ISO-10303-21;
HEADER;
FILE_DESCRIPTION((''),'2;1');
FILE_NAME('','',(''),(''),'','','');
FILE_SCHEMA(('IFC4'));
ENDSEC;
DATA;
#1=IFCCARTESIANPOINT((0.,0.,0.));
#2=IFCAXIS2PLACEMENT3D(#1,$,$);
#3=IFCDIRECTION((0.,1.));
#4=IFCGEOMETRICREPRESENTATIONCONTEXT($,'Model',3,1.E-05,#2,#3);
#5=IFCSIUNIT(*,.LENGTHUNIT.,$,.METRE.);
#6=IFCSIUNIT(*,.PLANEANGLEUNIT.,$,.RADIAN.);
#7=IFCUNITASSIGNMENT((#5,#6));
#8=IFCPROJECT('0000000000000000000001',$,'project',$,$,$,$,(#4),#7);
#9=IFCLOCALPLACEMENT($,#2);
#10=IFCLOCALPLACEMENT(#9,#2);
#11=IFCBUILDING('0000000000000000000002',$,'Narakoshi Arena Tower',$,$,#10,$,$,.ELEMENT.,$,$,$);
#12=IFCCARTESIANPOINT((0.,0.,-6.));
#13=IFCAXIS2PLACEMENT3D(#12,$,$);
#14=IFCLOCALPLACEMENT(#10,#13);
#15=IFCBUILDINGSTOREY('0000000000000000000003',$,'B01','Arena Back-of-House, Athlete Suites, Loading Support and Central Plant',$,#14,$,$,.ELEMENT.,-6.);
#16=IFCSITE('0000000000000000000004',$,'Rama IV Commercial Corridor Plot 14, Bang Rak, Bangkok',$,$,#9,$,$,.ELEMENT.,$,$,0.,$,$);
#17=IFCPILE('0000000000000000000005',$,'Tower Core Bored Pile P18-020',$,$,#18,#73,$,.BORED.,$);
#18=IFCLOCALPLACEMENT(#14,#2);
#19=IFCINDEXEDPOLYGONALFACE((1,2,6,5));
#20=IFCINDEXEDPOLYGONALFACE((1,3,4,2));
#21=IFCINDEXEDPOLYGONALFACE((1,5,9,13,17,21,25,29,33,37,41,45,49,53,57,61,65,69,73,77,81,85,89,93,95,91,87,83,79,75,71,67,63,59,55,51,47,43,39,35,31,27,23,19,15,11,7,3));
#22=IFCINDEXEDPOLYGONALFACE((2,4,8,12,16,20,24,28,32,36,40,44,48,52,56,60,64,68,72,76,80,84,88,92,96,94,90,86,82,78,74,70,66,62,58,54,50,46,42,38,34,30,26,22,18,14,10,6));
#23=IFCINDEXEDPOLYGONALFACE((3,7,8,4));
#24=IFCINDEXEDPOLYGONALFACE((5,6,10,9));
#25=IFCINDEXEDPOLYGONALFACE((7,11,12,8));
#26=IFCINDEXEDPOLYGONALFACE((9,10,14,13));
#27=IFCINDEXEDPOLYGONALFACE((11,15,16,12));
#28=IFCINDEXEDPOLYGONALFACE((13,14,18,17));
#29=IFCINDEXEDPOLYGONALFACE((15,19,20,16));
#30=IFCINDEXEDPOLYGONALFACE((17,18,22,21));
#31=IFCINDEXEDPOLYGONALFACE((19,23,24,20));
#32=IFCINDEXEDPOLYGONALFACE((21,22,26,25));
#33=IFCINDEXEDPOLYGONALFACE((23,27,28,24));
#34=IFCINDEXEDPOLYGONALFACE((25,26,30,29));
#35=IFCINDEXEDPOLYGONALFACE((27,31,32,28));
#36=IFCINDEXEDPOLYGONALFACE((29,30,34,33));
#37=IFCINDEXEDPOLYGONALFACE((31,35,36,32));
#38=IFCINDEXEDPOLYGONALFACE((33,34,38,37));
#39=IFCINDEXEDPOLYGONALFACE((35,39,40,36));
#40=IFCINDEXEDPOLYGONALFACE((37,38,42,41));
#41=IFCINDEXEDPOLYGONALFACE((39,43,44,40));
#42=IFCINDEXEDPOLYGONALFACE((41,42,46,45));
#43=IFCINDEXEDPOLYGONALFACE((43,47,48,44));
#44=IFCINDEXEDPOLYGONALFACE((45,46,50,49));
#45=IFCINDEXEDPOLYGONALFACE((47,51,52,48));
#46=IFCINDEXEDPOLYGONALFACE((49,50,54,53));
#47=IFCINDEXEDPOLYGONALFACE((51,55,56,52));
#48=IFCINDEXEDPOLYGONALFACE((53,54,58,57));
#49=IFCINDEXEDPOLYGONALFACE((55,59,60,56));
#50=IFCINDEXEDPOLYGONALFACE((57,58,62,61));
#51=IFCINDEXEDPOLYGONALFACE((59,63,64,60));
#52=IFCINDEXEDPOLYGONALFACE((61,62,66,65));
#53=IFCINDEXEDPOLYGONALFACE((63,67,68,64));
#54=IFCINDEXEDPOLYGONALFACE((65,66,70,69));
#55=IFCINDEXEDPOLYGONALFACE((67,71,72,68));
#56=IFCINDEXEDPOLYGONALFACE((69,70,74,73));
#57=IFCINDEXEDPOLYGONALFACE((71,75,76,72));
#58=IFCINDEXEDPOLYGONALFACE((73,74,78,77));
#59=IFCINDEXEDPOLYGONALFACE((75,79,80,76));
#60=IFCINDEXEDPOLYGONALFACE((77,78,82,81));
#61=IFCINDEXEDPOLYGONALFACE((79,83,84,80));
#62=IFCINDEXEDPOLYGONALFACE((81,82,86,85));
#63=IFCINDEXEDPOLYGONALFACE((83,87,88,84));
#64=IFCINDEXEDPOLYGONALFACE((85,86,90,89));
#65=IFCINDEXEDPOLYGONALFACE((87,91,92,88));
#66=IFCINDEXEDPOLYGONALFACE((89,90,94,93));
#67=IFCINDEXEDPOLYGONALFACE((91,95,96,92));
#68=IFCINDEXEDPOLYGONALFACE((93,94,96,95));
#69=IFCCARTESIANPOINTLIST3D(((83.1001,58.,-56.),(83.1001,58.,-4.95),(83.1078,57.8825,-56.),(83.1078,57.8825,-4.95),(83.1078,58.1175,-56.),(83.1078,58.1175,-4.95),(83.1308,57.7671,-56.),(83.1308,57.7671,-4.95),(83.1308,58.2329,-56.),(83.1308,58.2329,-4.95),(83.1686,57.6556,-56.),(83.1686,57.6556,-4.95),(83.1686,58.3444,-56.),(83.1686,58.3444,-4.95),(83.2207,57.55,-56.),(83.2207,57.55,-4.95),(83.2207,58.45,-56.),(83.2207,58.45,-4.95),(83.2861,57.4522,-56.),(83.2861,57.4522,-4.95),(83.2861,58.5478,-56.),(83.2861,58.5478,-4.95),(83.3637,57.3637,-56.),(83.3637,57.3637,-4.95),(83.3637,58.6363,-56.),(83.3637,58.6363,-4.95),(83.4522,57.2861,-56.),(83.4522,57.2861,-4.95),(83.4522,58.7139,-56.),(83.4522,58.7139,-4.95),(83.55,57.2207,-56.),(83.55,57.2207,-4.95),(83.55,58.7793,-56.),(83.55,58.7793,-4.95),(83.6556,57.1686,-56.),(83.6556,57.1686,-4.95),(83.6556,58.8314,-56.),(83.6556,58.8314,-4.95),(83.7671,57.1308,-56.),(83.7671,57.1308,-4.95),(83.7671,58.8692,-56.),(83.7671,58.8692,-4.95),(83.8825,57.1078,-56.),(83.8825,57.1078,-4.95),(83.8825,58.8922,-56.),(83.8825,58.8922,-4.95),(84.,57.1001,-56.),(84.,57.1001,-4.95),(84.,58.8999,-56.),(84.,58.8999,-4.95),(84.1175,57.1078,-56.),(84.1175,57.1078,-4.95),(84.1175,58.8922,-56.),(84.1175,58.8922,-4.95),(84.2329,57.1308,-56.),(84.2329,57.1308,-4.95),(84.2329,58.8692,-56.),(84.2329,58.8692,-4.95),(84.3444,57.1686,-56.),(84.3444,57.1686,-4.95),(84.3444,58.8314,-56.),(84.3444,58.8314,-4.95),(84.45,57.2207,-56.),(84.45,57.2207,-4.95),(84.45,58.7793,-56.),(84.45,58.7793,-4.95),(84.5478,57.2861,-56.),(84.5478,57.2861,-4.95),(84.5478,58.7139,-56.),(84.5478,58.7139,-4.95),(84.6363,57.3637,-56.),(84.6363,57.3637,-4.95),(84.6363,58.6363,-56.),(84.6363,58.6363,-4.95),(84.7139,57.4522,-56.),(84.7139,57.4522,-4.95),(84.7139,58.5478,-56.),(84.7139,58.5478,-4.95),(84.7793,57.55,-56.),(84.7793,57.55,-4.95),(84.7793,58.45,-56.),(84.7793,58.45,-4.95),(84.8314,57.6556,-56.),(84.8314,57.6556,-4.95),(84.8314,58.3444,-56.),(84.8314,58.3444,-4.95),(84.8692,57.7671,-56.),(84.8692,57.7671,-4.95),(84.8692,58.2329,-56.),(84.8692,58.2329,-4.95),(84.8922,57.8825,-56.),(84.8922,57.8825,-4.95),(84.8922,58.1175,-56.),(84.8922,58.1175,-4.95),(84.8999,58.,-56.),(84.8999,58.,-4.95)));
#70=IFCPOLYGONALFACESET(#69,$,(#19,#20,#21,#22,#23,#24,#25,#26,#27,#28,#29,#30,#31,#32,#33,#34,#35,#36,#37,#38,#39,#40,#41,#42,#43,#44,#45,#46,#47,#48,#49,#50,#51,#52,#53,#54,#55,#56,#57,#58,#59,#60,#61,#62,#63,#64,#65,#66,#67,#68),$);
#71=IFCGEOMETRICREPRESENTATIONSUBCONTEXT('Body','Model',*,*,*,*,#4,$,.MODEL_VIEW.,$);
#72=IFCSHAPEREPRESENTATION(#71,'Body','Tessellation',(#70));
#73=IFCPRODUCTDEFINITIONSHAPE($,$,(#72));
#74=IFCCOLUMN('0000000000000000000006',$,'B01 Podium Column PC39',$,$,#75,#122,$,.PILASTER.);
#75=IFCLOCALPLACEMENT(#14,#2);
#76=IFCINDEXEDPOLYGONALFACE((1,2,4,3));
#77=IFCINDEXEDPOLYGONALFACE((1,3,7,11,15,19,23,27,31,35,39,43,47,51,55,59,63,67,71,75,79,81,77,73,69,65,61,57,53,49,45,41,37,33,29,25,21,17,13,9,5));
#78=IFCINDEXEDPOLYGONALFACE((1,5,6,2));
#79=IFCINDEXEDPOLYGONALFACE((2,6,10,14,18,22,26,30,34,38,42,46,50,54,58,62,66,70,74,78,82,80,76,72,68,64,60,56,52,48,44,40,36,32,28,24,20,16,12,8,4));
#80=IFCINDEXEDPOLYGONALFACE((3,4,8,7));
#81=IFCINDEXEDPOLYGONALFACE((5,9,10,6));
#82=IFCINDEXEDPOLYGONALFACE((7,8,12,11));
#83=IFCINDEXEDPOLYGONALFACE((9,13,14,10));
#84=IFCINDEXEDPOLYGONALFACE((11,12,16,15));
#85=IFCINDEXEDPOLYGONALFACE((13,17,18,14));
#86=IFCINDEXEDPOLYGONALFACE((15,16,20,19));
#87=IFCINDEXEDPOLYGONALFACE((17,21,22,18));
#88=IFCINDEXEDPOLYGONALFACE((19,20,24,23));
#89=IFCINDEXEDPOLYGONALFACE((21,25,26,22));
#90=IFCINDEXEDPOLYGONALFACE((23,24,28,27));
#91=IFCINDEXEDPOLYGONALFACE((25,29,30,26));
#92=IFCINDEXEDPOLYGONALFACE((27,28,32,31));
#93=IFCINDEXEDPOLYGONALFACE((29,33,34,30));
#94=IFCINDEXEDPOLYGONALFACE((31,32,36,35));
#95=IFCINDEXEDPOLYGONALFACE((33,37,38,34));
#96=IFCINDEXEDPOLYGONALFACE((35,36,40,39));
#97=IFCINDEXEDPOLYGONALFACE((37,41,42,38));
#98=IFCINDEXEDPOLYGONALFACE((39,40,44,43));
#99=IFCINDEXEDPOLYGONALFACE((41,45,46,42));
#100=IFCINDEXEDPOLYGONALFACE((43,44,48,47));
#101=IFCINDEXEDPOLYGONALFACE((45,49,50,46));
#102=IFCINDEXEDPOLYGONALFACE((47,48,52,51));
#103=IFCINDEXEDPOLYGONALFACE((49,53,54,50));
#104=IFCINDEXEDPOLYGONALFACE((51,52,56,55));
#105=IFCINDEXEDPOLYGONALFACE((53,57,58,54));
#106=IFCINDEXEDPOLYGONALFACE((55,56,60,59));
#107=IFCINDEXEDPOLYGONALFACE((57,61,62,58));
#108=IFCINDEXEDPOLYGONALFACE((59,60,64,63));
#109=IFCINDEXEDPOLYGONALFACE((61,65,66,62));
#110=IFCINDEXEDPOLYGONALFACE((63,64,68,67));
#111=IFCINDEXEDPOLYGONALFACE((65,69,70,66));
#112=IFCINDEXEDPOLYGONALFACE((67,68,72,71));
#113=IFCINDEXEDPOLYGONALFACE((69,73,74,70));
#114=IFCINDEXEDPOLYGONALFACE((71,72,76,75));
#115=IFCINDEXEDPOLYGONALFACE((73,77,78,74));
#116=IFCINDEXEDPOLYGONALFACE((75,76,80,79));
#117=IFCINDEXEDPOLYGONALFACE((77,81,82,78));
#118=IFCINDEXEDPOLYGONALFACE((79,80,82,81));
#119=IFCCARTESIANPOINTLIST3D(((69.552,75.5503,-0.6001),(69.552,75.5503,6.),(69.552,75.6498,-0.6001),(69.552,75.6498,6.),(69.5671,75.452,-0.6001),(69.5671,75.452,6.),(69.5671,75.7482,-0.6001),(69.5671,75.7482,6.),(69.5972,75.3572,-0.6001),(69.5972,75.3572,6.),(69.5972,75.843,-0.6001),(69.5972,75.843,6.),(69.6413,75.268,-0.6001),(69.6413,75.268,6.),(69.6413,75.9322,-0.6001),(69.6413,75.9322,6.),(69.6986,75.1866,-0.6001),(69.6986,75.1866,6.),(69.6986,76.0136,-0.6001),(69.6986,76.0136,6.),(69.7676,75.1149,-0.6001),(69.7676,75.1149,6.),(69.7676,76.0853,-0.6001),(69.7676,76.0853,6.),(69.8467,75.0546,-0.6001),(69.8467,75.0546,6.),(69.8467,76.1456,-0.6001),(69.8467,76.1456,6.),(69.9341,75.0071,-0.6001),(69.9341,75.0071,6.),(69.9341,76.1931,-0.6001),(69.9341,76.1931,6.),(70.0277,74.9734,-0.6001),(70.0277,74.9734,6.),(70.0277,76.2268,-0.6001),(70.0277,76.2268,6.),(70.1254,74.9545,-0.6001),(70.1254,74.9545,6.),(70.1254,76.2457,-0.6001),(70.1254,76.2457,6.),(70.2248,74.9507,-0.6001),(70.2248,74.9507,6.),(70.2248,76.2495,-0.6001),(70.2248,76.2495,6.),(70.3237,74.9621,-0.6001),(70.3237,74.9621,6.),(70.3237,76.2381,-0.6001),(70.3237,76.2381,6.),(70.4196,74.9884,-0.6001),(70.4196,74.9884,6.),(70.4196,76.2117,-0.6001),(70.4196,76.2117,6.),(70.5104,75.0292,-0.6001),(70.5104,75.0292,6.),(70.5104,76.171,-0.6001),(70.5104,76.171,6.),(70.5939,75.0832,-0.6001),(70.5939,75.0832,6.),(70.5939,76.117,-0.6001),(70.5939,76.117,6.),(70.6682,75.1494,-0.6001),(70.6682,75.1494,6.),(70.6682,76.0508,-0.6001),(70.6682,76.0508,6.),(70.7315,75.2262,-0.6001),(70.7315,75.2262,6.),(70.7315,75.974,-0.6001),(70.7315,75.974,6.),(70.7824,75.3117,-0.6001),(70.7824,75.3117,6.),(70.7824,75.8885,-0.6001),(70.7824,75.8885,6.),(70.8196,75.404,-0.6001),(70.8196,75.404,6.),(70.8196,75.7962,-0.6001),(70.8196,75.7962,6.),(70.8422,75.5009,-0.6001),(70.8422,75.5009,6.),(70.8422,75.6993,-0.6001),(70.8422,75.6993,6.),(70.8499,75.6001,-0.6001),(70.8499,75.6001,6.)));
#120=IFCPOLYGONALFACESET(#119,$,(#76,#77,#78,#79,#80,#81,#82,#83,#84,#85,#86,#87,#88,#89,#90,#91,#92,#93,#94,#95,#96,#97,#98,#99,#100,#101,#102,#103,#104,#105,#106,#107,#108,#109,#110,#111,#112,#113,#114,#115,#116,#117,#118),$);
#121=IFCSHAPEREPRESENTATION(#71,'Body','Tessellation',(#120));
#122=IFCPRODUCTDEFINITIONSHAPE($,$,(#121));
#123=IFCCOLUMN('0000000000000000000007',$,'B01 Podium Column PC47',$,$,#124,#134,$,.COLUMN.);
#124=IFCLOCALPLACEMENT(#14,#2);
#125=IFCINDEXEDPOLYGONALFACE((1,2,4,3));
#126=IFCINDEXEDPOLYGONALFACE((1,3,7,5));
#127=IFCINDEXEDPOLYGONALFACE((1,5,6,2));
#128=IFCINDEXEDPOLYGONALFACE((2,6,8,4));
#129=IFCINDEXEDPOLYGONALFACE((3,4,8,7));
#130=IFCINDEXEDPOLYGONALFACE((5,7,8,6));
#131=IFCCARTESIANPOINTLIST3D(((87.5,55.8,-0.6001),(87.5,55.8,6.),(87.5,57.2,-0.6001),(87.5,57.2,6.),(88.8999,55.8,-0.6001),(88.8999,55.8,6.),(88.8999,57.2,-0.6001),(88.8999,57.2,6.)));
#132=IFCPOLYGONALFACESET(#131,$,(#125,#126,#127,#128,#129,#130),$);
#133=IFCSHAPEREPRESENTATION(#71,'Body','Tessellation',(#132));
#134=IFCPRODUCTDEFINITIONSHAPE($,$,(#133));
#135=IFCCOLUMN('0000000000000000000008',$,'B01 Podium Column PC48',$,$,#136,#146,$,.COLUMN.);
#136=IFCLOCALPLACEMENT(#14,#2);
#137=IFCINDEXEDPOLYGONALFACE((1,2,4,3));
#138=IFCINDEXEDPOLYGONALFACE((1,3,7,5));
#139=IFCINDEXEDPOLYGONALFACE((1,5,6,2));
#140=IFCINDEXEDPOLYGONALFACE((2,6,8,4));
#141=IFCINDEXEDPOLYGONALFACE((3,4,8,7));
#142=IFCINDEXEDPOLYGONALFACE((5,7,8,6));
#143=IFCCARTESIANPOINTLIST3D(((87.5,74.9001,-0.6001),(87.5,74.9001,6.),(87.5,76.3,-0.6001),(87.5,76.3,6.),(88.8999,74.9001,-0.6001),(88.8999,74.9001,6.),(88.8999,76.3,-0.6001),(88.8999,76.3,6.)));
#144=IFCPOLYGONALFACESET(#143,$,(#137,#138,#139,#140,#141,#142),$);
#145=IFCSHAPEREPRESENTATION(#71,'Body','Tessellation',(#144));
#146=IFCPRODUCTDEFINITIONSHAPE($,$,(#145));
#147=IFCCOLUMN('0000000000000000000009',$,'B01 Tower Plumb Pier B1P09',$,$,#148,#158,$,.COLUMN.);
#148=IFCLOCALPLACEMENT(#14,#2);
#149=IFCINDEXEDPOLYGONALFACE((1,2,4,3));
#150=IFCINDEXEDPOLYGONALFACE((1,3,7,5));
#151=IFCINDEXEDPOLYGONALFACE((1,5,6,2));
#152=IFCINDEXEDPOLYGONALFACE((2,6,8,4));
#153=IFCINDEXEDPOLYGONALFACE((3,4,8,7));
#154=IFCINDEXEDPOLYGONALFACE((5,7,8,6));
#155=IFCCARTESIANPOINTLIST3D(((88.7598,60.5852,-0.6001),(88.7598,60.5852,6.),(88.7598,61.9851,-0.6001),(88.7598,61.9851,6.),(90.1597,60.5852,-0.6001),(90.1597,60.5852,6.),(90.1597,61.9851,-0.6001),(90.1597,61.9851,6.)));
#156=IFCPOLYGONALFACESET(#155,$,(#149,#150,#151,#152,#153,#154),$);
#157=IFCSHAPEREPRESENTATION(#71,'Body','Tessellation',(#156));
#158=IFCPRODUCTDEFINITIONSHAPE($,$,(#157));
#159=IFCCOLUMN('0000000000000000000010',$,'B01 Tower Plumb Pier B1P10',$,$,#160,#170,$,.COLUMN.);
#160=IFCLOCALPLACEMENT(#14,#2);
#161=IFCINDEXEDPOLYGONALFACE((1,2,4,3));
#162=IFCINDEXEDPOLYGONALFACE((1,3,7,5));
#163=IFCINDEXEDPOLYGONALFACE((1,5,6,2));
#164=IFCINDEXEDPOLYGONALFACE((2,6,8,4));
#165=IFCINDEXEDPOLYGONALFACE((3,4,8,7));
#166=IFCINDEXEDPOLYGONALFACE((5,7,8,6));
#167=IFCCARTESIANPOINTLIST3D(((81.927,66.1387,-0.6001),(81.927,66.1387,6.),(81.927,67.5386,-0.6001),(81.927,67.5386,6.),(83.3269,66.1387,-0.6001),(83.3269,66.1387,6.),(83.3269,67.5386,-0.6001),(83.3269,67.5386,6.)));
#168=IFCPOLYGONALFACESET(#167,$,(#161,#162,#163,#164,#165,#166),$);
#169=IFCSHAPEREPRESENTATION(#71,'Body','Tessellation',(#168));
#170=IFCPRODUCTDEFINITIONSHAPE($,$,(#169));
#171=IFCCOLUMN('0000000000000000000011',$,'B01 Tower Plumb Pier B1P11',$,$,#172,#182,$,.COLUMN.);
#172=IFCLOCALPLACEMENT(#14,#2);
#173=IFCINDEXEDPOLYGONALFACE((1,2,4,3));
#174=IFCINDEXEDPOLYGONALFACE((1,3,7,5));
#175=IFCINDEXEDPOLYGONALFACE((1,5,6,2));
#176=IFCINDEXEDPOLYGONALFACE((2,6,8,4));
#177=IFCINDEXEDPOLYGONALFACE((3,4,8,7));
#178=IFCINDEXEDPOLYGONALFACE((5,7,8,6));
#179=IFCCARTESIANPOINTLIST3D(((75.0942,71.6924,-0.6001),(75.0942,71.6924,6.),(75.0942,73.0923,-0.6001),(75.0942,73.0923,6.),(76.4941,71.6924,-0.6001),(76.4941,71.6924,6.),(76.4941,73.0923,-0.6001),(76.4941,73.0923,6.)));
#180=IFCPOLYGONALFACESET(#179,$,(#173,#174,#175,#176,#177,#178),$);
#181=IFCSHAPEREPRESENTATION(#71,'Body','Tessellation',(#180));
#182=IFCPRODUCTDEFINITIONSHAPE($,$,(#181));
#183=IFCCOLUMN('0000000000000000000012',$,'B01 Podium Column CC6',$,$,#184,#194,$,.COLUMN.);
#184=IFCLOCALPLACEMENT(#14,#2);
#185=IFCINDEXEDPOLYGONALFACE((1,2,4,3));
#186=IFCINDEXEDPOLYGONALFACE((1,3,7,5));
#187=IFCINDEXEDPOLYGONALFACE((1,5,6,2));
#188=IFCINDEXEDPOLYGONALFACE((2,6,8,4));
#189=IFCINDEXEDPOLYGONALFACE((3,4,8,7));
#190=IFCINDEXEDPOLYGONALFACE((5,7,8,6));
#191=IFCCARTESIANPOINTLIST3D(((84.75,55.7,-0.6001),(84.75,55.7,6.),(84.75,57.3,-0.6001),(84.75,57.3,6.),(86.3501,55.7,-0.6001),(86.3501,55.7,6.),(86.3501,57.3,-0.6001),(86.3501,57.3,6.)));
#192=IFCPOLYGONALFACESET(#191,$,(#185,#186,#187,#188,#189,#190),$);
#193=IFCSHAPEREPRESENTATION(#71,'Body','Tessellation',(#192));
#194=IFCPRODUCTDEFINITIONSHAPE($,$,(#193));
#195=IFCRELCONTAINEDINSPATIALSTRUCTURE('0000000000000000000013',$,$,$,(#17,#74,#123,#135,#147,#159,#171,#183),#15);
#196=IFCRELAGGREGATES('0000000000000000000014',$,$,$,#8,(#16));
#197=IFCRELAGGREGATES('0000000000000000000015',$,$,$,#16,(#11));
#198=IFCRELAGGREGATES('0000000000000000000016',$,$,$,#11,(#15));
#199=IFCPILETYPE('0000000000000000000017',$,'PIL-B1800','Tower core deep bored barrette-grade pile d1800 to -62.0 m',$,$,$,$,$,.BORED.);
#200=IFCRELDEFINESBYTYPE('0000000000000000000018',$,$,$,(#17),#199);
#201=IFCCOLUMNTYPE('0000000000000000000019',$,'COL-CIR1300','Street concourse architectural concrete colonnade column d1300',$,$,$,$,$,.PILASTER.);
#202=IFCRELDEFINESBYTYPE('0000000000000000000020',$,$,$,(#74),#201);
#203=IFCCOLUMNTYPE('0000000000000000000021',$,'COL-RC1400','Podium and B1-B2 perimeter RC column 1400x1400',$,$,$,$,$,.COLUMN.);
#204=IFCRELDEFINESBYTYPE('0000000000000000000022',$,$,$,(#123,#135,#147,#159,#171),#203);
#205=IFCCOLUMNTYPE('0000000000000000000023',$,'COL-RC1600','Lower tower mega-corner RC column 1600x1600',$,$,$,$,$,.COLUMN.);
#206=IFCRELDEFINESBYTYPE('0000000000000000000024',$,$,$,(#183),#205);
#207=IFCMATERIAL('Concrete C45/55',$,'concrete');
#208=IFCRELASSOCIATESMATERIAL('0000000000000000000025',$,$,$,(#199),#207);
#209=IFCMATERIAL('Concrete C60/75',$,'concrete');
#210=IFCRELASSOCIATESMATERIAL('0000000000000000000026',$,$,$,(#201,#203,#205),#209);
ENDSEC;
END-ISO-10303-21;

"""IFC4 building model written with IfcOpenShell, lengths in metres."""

from ifc_helpers import new_model, si_unit, direction, frame, origin, origin_2d, place, context, subcontext, project, spatial, rectangle, circle, extrude, material, material_profile, profile_set, type_object, element, save


model = new_model("IFC4")

# Units and contexts
model_context = context("Model", 3, precision=1e-05, world=origin(), true_north=direction((0.0, 1.0)))
body_context = subcontext(model_context, "Body", "Model", "MODEL_VIEW")
ifc_project = project(units=[si_unit("LENGTHUNIT", "METRE"), si_unit("PLANEANGLEUNIT", "RADIAN")], contexts=[model_context])

# Site, building, storey
site_placement = place(None, origin())
site = spatial("IfcSite", under=ifc_project, at=site_placement, Name="Rama IV Commercial Corridor Plot 14, Bang Rak, Bangkok", CompositionType="ELEMENT", RefElevation=0.0)
building_placement = place(site_placement, origin())
building = spatial("IfcBuilding", under=site, at=building_placement, Name="Narakoshi Arena Tower", CompositionType="ELEMENT")
storey_placement = place(building_placement, frame((0.0, 0.0, -6.0)))
storey = spatial("IfcBuildingStorey", under=building, at=storey_placement, Name="B01", Description="Arena Back-of-House, Athlete Suites, Loading Support and Central Plant", CompositionType="ELEMENT", Elevation=-6.0)

# Pile
ifc_material_1 = material(Name="Concrete C45/55", Category="concrete")
ifc_material_profile_1 = material_profile(ifc_material_1, circle(Radius=0.8999, at=origin_2d()), Name="PILE-D1800")
ifc_profile_set_1 = profile_set([ifc_material_profile_1], Name="Concrete C45/55")
pile_type = type_object("IfcPileType", Name="PIL-B1800", Description="Tower core deep bored barrette-grade pile d1800 to -62.0 m", PredefinedType="BORED", material=ifc_profile_set_1)
for number, where, z_axis, x_axis, name in (
    (1, (84.0, 58.0, -4.95), (0.0, 0.0, -1.0), (1.0, 0.0, 0.0), "Tower Core Bored Pile P18-020"),
):
    element("IfcPile", number, at=place(storey_placement, frame(where, z_axis=z_axis, x_axis=x_axis)), inside=storey, type_object=pile_type, Name=name, PredefinedType="BORED", context=body_context, shape_type="SweptSolid", body=[
        extrude(circle(Radius=0.8999, at=origin_2d()), origin(), (0.0, 0.0, 1.0), 51.05),
    ])

# Columns
ifc_material_2 = material(Name="Concrete C60/75", Category="concrete")
ifc_material_profile_2 = material_profile(ifc_material_2, circle(Radius=0.6499, at=origin_2d()), Name="RCC1300")
ifc_profile_set_2 = profile_set([ifc_material_profile_2], Name="Concrete C60/75")
column_type_1 = type_object("IfcColumnType", Name="COL-CIR1300", Description="Street concourse architectural concrete colonnade column d1300", PredefinedType="PILASTER", material=ifc_profile_set_2)
column_1_placement = place(storey_placement, frame((70.2, 75.6001, -0.6001), z_axis=(0.0, 0.0, 1.0), x_axis=(1.0, 0.0, 0.0)))
element("IfcColumn", 2, at=column_1_placement, inside=storey, type_object=column_type_1, Name="B01 Podium Column PC39", PredefinedType="PILASTER", context=body_context, shape_type="SweptSolid", body=[
    extrude(circle(Radius=0.6499, at=origin_2d()), origin(), (0.0, 0.0, 1.0), 6.6001),
])
ifc_material_profile_3 = material_profile(ifc_material_2, rectangle(XDim=1.3999, YDim=1.3999, at=origin_2d()), Name="RC1400x1400")
ifc_profile_set_3 = profile_set([ifc_material_profile_3], Name="Concrete C60/75")
column_type_2 = type_object("IfcColumnType", Name="COL-RC1400", Description="Podium and B1-B2 perimeter RC column 1400x1400", PredefinedType="COLUMN", material=ifc_profile_set_3)
for number, where, z_axis, x_axis, name in (
    (3, (88.2, 56.5, -0.6001), (0.0, 0.0, 1.0), (1.0, 0.0, 0.0), "B01 Podium Column PC47"),
    (4, (88.2, 75.6001, -0.6001), (0.0, 0.0, 1.0), (1.0, 0.0, 0.0), "B01 Podium Column PC48"),
    (5, (89.4597, 61.2852, -0.6001), (0.0, 0.0, 1.0), (1.0, 0.0, 0.0), "B01 Tower Plumb Pier B1P09"),
    (6, (82.627, 66.8386, -0.6001), (0.0, 0.0, 1.0), (1.0, 0.0, 0.0), "B01 Tower Plumb Pier B1P10"),
    (7, (75.7942, 72.3923, -0.6001), (0.0, 0.0, 1.0), (1.0, 0.0, 0.0), "B01 Tower Plumb Pier B1P11"),
):
    element("IfcColumn", number, at=place(storey_placement, frame(where, z_axis=z_axis, x_axis=x_axis)), inside=storey, type_object=column_type_2, Name=name, PredefinedType="COLUMN", context=body_context, shape_type="SweptSolid", body=[
        extrude(rectangle(XDim=1.3999, YDim=1.3999, at=origin_2d()), origin(), (0.0, 0.0, 1.0), 6.6001),
    ])
ifc_material_profile_4 = material_profile(ifc_material_2, rectangle(XDim=1.6001, YDim=1.6001, at=origin_2d()), Name="RC1600x1600")
ifc_profile_set_4 = profile_set([ifc_material_profile_4], Name="Concrete C60/75")
column_type_3 = type_object("IfcColumnType", Name="COL-RC1600", Description="Lower tower mega-corner RC column 1600x1600", PredefinedType="COLUMN", material=ifc_profile_set_4)
column_2_placement = place(storey_placement, frame((85.55, 56.5, -0.6001), z_axis=(0.0, 0.0, 1.0), x_axis=(1.0, 0.0, 0.0)))
element("IfcColumn", 8, at=column_2_placement, inside=storey, type_object=column_type_3, Name="B01 Podium Column CC6", PredefinedType="COLUMN", context=body_context, shape_type="SweptSolid", body=[
    extrude(rectangle(XDim=1.6001, YDim=1.6001, at=origin_2d()), origin(), (0.0, 0.0, 1.0), 6.6001),
])

save(model, "model.ifc")
